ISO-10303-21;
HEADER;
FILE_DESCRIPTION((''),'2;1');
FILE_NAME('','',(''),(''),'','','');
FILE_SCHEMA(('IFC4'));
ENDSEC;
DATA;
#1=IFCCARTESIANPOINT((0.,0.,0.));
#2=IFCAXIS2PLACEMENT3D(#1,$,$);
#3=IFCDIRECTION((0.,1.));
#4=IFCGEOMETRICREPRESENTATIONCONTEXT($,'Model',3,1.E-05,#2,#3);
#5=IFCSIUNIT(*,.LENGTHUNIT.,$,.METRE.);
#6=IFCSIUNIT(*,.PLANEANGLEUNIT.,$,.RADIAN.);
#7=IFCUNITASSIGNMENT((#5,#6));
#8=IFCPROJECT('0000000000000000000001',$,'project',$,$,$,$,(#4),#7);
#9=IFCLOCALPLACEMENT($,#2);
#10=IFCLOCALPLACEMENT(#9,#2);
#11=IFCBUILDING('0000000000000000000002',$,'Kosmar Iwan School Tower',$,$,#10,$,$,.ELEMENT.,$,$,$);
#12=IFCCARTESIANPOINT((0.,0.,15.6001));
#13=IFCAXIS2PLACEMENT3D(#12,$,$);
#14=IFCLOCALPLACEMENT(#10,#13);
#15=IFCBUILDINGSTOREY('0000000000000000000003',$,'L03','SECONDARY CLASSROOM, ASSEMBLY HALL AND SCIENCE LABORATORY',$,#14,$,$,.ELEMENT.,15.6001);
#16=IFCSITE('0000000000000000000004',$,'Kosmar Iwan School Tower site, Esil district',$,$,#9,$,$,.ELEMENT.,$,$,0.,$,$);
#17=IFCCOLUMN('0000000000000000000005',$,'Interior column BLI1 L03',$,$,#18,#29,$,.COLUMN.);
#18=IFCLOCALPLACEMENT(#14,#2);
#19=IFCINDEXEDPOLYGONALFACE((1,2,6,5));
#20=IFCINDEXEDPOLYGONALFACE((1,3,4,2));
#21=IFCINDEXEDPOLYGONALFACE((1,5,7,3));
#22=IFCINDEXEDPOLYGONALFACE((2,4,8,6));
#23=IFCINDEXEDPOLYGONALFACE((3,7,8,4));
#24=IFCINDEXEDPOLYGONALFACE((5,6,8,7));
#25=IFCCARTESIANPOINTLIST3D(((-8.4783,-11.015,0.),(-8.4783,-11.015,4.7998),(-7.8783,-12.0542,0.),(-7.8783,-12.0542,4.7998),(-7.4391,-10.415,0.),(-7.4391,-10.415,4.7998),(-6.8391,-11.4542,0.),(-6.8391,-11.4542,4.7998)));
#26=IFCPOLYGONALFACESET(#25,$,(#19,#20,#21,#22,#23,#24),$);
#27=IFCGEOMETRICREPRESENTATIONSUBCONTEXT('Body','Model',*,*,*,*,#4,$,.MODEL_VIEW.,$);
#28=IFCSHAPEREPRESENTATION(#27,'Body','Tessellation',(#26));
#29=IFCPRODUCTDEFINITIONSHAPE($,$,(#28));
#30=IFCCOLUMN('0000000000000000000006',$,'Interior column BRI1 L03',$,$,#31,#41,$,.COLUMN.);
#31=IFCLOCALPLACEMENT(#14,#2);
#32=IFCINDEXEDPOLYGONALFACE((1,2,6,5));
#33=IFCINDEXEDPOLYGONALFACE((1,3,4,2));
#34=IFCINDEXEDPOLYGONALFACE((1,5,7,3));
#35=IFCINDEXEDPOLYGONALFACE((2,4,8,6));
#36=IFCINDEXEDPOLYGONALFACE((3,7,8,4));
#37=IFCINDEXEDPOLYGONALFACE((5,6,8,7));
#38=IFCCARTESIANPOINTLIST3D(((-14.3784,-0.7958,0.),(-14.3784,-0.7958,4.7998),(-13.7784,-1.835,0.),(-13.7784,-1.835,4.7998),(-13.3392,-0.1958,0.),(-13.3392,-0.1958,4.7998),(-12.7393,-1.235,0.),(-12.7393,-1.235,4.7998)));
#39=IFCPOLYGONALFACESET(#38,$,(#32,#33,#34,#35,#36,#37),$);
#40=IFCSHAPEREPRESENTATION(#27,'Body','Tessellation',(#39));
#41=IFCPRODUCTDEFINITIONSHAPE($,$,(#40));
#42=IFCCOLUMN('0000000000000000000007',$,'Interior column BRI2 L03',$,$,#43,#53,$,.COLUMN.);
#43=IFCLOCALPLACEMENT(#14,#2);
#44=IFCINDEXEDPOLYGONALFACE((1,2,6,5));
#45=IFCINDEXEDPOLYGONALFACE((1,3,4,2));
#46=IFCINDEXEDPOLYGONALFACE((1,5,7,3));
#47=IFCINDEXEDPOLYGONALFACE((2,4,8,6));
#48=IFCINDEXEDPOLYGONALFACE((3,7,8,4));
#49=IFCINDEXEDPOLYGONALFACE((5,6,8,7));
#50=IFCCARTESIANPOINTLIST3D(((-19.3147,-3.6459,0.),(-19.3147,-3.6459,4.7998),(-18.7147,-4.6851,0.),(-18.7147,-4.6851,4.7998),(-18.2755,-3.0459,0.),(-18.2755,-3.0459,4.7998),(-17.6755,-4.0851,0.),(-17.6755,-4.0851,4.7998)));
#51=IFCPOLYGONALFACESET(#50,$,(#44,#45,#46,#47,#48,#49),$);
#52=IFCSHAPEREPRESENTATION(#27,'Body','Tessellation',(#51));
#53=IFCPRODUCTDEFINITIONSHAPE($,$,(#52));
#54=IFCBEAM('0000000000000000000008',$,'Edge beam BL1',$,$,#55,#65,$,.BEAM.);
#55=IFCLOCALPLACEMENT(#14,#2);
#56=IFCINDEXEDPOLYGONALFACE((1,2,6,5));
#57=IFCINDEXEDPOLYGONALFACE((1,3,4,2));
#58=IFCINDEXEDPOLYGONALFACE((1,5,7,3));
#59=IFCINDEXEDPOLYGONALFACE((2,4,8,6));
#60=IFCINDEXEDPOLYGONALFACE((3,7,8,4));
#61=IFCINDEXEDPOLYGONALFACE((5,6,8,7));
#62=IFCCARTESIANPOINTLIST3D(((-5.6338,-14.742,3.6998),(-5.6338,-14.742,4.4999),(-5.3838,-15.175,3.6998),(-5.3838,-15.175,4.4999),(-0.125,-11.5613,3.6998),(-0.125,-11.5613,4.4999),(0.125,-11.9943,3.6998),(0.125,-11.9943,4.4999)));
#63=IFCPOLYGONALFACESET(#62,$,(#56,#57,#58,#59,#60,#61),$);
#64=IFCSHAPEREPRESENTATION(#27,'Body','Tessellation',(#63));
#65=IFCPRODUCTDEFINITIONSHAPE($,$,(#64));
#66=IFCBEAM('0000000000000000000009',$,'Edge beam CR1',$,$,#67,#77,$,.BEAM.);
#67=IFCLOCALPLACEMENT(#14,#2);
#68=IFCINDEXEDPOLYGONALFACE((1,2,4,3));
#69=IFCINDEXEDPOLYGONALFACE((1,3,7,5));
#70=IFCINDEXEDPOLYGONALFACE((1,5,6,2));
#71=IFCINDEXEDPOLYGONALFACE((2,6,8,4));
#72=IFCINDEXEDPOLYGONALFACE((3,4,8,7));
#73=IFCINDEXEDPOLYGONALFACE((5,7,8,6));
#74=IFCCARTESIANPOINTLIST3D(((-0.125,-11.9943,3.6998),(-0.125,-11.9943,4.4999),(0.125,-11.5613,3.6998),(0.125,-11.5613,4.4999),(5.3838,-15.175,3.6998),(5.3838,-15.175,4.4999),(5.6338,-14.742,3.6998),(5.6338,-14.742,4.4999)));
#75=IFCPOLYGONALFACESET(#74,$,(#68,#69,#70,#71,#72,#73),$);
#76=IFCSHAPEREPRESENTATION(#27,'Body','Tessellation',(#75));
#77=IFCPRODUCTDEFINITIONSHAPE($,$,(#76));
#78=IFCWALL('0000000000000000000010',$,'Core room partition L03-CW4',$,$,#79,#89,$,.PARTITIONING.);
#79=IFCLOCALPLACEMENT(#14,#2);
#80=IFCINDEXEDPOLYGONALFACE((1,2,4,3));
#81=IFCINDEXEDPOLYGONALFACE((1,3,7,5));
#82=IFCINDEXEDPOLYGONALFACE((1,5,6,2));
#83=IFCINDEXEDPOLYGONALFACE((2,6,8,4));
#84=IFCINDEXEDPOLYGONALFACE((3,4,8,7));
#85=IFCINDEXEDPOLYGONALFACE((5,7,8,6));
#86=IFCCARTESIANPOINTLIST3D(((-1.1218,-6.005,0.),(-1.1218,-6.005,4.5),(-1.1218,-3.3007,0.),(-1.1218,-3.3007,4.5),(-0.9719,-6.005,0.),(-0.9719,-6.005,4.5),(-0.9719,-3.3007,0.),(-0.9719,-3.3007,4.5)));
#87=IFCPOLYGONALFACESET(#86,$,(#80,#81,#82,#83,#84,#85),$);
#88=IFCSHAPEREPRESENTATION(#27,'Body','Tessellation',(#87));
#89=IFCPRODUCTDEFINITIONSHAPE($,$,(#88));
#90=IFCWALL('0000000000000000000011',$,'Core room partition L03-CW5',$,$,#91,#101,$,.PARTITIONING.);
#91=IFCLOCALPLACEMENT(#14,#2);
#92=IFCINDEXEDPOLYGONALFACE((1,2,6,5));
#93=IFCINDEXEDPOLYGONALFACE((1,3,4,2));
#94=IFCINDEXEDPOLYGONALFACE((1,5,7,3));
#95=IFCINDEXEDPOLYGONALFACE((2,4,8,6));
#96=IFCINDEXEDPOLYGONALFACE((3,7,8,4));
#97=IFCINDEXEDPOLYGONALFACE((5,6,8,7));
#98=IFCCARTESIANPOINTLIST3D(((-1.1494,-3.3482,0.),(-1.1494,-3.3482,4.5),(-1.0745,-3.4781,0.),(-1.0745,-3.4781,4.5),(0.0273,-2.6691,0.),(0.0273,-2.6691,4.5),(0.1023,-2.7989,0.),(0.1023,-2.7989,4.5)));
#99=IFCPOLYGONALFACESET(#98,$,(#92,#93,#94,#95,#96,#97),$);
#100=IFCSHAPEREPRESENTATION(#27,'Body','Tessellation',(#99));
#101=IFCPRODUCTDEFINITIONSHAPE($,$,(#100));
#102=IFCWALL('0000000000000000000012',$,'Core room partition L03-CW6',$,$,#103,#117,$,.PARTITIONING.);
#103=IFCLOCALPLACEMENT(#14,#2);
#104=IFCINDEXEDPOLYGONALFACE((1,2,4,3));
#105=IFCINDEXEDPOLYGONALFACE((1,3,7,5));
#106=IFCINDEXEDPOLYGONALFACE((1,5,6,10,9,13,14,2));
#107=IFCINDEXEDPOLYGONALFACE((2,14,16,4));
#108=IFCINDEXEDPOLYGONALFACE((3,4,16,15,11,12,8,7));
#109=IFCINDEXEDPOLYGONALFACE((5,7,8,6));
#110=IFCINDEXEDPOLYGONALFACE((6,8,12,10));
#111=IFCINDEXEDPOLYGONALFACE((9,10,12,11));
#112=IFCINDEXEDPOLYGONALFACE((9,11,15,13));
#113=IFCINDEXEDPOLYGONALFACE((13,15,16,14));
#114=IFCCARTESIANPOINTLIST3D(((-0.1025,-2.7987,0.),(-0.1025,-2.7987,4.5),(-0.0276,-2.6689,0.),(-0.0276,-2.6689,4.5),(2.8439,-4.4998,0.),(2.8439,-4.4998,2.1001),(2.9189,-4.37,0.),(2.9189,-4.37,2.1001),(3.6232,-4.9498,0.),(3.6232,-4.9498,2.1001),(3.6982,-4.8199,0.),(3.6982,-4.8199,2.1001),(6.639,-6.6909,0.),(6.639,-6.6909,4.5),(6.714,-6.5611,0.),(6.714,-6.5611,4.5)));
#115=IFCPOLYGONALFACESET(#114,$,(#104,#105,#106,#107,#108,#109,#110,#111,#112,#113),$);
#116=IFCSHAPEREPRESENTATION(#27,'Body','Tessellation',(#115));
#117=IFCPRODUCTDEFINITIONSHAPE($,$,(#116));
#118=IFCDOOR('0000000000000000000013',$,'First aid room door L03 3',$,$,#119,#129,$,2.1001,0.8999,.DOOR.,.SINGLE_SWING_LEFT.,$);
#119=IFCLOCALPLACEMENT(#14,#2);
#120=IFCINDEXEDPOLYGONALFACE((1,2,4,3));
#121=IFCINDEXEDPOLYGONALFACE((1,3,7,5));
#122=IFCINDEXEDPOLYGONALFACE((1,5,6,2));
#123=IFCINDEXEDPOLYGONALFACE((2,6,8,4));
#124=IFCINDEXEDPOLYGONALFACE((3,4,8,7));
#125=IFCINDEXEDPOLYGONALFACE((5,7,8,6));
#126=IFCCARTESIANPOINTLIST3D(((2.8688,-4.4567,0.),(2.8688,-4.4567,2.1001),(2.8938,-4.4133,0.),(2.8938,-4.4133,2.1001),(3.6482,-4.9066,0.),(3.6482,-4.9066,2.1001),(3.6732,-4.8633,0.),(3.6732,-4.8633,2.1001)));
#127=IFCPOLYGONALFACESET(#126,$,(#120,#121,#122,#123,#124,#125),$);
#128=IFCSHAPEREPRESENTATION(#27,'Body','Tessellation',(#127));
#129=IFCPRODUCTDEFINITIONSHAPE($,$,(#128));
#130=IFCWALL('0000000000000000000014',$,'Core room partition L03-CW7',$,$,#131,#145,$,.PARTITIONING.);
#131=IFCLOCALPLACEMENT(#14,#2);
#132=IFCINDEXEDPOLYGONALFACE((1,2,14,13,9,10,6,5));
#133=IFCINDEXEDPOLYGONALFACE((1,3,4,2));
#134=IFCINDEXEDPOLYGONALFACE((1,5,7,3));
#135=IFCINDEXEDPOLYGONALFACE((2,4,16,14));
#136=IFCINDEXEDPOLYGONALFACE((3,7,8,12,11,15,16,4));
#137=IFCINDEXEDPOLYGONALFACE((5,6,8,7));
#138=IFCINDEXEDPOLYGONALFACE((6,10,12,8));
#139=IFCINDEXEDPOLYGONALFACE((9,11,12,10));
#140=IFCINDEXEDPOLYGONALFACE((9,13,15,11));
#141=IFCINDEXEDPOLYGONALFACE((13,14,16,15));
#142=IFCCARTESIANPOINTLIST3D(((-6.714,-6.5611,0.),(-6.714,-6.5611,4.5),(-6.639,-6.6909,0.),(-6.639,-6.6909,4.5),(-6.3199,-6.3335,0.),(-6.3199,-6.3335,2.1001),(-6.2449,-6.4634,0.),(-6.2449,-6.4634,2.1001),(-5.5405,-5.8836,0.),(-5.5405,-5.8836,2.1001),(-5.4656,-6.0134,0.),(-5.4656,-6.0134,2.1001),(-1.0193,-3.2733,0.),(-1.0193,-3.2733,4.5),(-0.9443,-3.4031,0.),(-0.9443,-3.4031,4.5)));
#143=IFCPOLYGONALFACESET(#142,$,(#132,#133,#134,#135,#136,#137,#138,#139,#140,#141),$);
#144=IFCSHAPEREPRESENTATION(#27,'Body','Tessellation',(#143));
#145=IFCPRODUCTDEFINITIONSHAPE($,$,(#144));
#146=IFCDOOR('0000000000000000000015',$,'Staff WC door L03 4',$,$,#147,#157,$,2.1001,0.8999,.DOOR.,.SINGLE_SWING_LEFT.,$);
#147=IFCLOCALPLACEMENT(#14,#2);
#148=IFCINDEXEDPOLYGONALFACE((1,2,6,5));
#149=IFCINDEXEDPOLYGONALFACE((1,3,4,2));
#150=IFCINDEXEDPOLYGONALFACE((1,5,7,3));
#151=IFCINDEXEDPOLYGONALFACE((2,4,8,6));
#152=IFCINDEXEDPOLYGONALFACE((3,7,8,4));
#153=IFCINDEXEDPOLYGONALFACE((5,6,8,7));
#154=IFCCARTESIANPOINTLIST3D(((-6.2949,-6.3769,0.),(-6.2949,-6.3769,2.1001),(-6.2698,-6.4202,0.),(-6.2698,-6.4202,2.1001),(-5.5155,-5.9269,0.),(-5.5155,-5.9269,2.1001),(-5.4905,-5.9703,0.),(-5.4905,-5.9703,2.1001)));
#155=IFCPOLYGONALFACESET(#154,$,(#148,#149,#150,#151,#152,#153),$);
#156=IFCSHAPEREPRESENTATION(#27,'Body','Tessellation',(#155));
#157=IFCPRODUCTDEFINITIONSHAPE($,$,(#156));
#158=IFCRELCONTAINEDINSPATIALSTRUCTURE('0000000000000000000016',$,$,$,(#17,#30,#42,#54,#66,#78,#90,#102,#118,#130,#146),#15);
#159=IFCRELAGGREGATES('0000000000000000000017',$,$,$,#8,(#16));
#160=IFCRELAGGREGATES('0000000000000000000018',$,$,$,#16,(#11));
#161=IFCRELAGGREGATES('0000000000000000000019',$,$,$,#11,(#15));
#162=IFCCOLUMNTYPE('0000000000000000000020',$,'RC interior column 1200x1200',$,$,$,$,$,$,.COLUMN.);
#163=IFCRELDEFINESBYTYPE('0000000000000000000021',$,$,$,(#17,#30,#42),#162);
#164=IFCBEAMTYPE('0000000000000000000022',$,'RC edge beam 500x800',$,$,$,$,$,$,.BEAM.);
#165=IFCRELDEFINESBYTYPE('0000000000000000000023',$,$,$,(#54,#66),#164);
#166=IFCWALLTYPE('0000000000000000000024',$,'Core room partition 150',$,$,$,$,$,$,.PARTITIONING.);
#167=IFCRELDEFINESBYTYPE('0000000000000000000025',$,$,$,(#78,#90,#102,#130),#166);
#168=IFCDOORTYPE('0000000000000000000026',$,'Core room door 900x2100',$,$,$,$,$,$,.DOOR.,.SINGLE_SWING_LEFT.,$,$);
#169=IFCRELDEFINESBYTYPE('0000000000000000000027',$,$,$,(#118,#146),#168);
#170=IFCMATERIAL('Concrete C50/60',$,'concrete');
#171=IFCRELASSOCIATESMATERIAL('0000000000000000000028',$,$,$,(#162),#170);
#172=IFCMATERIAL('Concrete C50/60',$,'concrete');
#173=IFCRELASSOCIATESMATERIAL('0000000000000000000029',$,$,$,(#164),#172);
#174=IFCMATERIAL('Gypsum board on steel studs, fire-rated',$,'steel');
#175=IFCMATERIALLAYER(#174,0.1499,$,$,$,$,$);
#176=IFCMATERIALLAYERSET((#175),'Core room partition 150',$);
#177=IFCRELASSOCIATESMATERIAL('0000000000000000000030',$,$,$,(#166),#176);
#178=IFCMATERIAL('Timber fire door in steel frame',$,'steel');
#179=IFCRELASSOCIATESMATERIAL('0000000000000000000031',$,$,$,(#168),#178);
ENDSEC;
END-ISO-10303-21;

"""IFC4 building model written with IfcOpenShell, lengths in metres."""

from ifc_helpers import new_model, si_unit, direction, frame, frame_2d, origin, origin_2d, place, context, subcontext, project, spatial, rectangle, extrude, material, layer, layer_set, material_profile, profile_set, type_object, element, fill, save


model = new_model("IFC4")

# Units and contexts
model_context = context("Model", 3, precision=1e-05, world=origin(), true_north=direction((0.0, 1.0)))
body_context = subcontext(model_context, "Body", "Model", "MODEL_VIEW")
ifc_project = project(units=[si_unit("LENGTHUNIT", "METRE"), si_unit("PLANEANGLEUNIT", "RADIAN")], contexts=[model_context])

# Site, building, storey
site_placement = place(None, origin())
site = spatial("IfcSite", under=ifc_project, at=site_placement, Name="Kosmar Iwan School Tower site, Esil district", CompositionType="ELEMENT", RefElevation=0.0)
building_placement = place(site_placement, origin())
building = spatial("IfcBuilding", under=site, at=building_placement, Name="Kosmar Iwan School Tower", CompositionType="ELEMENT")
storey_placement = place(building_placement, frame((0.0, 0.0, 15.6001)))
storey = spatial("IfcBuildingStorey", under=building, at=storey_placement, Name="L03", Description="SECONDARY CLASSROOM, ASSEMBLY HALL AND SCIENCE LABORATORY", CompositionType="ELEMENT", Elevation=15.6001)

# Columns
ifc_material_1 = material(Name="Concrete C50/60", Category="concrete")
ifc_material_profile_1 = material_profile(ifc_material_1, rectangle(XDim=1.2, YDim=1.2, at=origin_2d()), Name="RC 1200x1200")
ifc_profile_set_1 = profile_set([ifc_material_profile_1], Name="Concrete C50/60")
column_type = type_object("IfcColumnType", Name="RC interior column 1200x1200", PredefinedType="COLUMN", material=ifc_profile_set_1)
for number, where, z_axis, x_axis, name in (
    (1, (-7.6587, -11.2346, 0.0), (0.0, 0.0, 1.0), (-0.866025, -0.5, 0.0), "Interior column BLI1 L03"),
    (2, (-13.5588, -1.0154, 0.0), (0.0, 0.0, 1.0), (-0.866025, -0.5, 0.0), "Interior column BRI1 L03"),
    (3, (-18.4951, -3.8655, 0.0), (0.0, 0.0, 1.0), (-0.866025, -0.5, 0.0), "Interior column BRI2 L03"),
):
    element("IfcColumn", number, at=place(storey_placement, frame(where, z_axis=z_axis, x_axis=x_axis)), inside=storey, type_object=column_type, Name=name, PredefinedType="COLUMN", context=body_context, shape_type="SweptSolid", body=[
        extrude(rectangle(XDim=1.2, YDim=1.2, at=origin_2d()), origin(), (0.0, 0.0, 1.0), 4.7998),
    ])

# Beams
ifc_material_2 = material(Name="Concrete C50/60", Category="concrete")
ifc_material_profile_2 = material_profile(ifc_material_2, rectangle(XDim=0.5, YDim=0.8, at=origin_2d()), Name="RC 500x800")
ifc_profile_set_2 = profile_set([ifc_material_profile_2], Name="Concrete C50/60")
beam_type = type_object("IfcBeamType", Name="RC edge beam 500x800", PredefinedType="BEAM", material=ifc_profile_set_2)
for number, where, z_axis, x_axis, name in (
    (4, (0.0, -11.7778, 4.0999), (-0.866014, -0.500019, 0.0), (0.500019, -0.866014, 0.0), "Edge beam BL1"),
    (5, (0.0, -11.7778, 4.0999), (0.866014, -0.500019, 0.0), (0.500019, 0.866014, 0.0), "Edge beam CR1"),
):
    element("IfcBeam", number, at=place(storey_placement, frame(where, z_axis=z_axis, x_axis=x_axis)), inside=storey, type_object=beam_type, Name=name, PredefinedType="BEAM", context=body_context, shape_type="SweptSolid", body=[
        extrude(rectangle(XDim=0.5, YDim=0.8, at=origin_2d()), origin(), (0.0, 0.0, 1.0), 6.3611),
    ])

# Walls
ifc_material_3 = material(Name="Gypsum board on steel studs, fire-rated", Category="steel")
ifc_layer_1 = layer(ifc_material_3, 0.1499)
ifc_layer_set_1 = layer_set([ifc_layer_1], Name="Core room partition 150")
wall_type_1 = type_object("IfcWallType", Name="Core room partition 150", PredefinedType="PARTITIONING", material=ifc_layer_set_1)
wall_1_placement = place(storey_placement, frame((-1.0469, -6.0049, 0.0), z_axis=(0.0, 0.0, 1.0), x_axis=(0.0, 1.0, 0.0)))
element("IfcWall", 6, at=wall_1_placement, inside=storey, type_object=wall_type_1, Name="Core room partition L03-CW4", PredefinedType="PARTITIONING", context=body_context, shape_type="SweptSolid", body=[
    extrude(rectangle(XDim=2.7043, YDim=0.1499, at=frame_2d((1.3521, 0.0))), origin(), (0.0, 0.0, 1.0), 4.5),
])
wall_2_placement = place(storey_placement, frame((-1.1118, -3.4131, 0.0), z_axis=(0.0, 0.0, 1.0), x_axis=(0.86609, 0.499888, 0.0)))
element("IfcWall", 7, at=wall_2_placement, inside=storey, type_object=wall_type_1, Name="Core room partition L03-CW5", PredefinedType="PARTITIONING", context=body_context, shape_type="SweptSolid", body=[
    extrude(rectangle(XDim=1.3586, YDim=0.1499, at=frame_2d((0.6792, 0.0))), origin(), (0.0, 0.0, 1.0), 4.5),
])

# Walls, openings, doors
wall_3_placement = place(storey_placement, frame((-0.0649, -2.7339, 0.0), z_axis=(0.0, 0.0, 1.0), x_axis=(0.86603, -0.499991, 0.0)))
wall_3 = element("IfcWall", 8, at=wall_3_placement, inside=storey, type_object=wall_type_1, Name="Core room partition L03-CW6", PredefinedType="PARTITIONING", context=body_context, shape_type="SweptSolid", body=[
    extrude(rectangle(XDim=7.7844, YDim=0.1499, at=frame_2d((3.8921, 0.0))), origin(), (0.0, 0.0, 1.0), 4.5),
])
opening_1_placement = place(wall_3_placement, frame((3.4021, 0.0, 0.0)))
opening_1 = element("IfcOpeningElement", 9, at=opening_1_placement, cuts=wall_3, PredefinedType="OPENING", context=body_context, shape_type="SweptSolid", body=[
    extrude(rectangle(XDim=0.8999, YDim=2.1001, at=frame_2d((0.45, 1.05))), frame((0.0, 0.0869, 0.0), z_axis=(0.0, -1.0, 0.0), x_axis=(1.0, 0.0, 0.0)), (0.0, 0.0, 1.0), 0.1738),
])
ifc_material_4 = material(Name="Timber fire door in steel frame", Category="steel")
door_type_1 = type_object("IfcDoorType", Name="Core room door 900x2100", OperationType="SINGLE_SWING_LEFT", PredefinedType="DOOR", material=ifc_material_4)
door_1_placement = place(opening_1_placement, origin())
door_1 = element("IfcDoor", 10, at=door_1_placement, inside=storey, type_object=door_type_1, Name="First aid room door L03 3", OperationType="SINGLE_SWING_LEFT", OverallHeight=2.1001, OverallWidth=0.8999, PredefinedType="DOOR", context=body_context, shape_type="SweptSolid", body=[
    extrude(rectangle(XDim=0.8999, YDim=2.1001, at=frame_2d((0.45, 1.05))), frame((0.0, 0.0249, 0.0), z_axis=(0.0, -1.0, 0.0), x_axis=(1.0, 0.0, 0.0)), (0.0, 0.0, 1.0), 0.05),
])
fill(opening_1, door_1)
wall_4_placement = place(storey_placement, frame((-6.6765, -6.626, 0.0), z_axis=(0.0, 0.0, 1.0), x_axis=(0.86603, 0.499992, 0.0)))
wall_4 = element("IfcWall", 11, at=wall_4_placement, inside=storey, type_object=wall_type_1, Name="Core room partition L03-CW7", PredefinedType="PARTITIONING", context=body_context, shape_type="SweptSolid", body=[
    extrude(rectangle(XDim=6.5757, YDim=0.1499, at=frame_2d((3.2878, 0.0))), origin(), (0.0, 0.0, 1.0), 4.5),
])
opening_2_placement = place(wall_4_placement, frame((0.4551, 0.0, 0.0)))
opening_2 = element("IfcOpeningElement", 12, at=opening_2_placement, cuts=wall_4, PredefinedType="OPENING", context=body_context, shape_type="SweptSolid", body=[
    extrude(rectangle(XDim=0.8999, YDim=2.1001, at=frame_2d((0.45, 1.05))), frame((0.0, 0.0869, 0.0), z_axis=(0.0, -1.0, 0.0), x_axis=(1.0, 0.0, 0.0)), (0.0, 0.0, 1.0), 0.1738),
])
door_2_placement = place(opening_2_placement, origin())
door_2 = element("IfcDoor", 13, at=door_2_placement, inside=storey, type_object=door_type_1, Name="Staff WC door L03 4", OperationType="SINGLE_SWING_LEFT", OverallHeight=2.1001, OverallWidth=0.8999, PredefinedType="DOOR", context=body_context, shape_type="SweptSolid", body=[
    extrude(rectangle(XDim=0.8999, YDim=2.1001, at=frame_2d((0.45, 1.05))), frame((0.0, 0.0249, 0.0), z_axis=(0.0, -1.0, 0.0), x_axis=(1.0, 0.0, 0.0)), (0.0, 0.0, 1.0), 0.05),
])
fill(opening_2, door_2)

save(model, "model.ifc")
